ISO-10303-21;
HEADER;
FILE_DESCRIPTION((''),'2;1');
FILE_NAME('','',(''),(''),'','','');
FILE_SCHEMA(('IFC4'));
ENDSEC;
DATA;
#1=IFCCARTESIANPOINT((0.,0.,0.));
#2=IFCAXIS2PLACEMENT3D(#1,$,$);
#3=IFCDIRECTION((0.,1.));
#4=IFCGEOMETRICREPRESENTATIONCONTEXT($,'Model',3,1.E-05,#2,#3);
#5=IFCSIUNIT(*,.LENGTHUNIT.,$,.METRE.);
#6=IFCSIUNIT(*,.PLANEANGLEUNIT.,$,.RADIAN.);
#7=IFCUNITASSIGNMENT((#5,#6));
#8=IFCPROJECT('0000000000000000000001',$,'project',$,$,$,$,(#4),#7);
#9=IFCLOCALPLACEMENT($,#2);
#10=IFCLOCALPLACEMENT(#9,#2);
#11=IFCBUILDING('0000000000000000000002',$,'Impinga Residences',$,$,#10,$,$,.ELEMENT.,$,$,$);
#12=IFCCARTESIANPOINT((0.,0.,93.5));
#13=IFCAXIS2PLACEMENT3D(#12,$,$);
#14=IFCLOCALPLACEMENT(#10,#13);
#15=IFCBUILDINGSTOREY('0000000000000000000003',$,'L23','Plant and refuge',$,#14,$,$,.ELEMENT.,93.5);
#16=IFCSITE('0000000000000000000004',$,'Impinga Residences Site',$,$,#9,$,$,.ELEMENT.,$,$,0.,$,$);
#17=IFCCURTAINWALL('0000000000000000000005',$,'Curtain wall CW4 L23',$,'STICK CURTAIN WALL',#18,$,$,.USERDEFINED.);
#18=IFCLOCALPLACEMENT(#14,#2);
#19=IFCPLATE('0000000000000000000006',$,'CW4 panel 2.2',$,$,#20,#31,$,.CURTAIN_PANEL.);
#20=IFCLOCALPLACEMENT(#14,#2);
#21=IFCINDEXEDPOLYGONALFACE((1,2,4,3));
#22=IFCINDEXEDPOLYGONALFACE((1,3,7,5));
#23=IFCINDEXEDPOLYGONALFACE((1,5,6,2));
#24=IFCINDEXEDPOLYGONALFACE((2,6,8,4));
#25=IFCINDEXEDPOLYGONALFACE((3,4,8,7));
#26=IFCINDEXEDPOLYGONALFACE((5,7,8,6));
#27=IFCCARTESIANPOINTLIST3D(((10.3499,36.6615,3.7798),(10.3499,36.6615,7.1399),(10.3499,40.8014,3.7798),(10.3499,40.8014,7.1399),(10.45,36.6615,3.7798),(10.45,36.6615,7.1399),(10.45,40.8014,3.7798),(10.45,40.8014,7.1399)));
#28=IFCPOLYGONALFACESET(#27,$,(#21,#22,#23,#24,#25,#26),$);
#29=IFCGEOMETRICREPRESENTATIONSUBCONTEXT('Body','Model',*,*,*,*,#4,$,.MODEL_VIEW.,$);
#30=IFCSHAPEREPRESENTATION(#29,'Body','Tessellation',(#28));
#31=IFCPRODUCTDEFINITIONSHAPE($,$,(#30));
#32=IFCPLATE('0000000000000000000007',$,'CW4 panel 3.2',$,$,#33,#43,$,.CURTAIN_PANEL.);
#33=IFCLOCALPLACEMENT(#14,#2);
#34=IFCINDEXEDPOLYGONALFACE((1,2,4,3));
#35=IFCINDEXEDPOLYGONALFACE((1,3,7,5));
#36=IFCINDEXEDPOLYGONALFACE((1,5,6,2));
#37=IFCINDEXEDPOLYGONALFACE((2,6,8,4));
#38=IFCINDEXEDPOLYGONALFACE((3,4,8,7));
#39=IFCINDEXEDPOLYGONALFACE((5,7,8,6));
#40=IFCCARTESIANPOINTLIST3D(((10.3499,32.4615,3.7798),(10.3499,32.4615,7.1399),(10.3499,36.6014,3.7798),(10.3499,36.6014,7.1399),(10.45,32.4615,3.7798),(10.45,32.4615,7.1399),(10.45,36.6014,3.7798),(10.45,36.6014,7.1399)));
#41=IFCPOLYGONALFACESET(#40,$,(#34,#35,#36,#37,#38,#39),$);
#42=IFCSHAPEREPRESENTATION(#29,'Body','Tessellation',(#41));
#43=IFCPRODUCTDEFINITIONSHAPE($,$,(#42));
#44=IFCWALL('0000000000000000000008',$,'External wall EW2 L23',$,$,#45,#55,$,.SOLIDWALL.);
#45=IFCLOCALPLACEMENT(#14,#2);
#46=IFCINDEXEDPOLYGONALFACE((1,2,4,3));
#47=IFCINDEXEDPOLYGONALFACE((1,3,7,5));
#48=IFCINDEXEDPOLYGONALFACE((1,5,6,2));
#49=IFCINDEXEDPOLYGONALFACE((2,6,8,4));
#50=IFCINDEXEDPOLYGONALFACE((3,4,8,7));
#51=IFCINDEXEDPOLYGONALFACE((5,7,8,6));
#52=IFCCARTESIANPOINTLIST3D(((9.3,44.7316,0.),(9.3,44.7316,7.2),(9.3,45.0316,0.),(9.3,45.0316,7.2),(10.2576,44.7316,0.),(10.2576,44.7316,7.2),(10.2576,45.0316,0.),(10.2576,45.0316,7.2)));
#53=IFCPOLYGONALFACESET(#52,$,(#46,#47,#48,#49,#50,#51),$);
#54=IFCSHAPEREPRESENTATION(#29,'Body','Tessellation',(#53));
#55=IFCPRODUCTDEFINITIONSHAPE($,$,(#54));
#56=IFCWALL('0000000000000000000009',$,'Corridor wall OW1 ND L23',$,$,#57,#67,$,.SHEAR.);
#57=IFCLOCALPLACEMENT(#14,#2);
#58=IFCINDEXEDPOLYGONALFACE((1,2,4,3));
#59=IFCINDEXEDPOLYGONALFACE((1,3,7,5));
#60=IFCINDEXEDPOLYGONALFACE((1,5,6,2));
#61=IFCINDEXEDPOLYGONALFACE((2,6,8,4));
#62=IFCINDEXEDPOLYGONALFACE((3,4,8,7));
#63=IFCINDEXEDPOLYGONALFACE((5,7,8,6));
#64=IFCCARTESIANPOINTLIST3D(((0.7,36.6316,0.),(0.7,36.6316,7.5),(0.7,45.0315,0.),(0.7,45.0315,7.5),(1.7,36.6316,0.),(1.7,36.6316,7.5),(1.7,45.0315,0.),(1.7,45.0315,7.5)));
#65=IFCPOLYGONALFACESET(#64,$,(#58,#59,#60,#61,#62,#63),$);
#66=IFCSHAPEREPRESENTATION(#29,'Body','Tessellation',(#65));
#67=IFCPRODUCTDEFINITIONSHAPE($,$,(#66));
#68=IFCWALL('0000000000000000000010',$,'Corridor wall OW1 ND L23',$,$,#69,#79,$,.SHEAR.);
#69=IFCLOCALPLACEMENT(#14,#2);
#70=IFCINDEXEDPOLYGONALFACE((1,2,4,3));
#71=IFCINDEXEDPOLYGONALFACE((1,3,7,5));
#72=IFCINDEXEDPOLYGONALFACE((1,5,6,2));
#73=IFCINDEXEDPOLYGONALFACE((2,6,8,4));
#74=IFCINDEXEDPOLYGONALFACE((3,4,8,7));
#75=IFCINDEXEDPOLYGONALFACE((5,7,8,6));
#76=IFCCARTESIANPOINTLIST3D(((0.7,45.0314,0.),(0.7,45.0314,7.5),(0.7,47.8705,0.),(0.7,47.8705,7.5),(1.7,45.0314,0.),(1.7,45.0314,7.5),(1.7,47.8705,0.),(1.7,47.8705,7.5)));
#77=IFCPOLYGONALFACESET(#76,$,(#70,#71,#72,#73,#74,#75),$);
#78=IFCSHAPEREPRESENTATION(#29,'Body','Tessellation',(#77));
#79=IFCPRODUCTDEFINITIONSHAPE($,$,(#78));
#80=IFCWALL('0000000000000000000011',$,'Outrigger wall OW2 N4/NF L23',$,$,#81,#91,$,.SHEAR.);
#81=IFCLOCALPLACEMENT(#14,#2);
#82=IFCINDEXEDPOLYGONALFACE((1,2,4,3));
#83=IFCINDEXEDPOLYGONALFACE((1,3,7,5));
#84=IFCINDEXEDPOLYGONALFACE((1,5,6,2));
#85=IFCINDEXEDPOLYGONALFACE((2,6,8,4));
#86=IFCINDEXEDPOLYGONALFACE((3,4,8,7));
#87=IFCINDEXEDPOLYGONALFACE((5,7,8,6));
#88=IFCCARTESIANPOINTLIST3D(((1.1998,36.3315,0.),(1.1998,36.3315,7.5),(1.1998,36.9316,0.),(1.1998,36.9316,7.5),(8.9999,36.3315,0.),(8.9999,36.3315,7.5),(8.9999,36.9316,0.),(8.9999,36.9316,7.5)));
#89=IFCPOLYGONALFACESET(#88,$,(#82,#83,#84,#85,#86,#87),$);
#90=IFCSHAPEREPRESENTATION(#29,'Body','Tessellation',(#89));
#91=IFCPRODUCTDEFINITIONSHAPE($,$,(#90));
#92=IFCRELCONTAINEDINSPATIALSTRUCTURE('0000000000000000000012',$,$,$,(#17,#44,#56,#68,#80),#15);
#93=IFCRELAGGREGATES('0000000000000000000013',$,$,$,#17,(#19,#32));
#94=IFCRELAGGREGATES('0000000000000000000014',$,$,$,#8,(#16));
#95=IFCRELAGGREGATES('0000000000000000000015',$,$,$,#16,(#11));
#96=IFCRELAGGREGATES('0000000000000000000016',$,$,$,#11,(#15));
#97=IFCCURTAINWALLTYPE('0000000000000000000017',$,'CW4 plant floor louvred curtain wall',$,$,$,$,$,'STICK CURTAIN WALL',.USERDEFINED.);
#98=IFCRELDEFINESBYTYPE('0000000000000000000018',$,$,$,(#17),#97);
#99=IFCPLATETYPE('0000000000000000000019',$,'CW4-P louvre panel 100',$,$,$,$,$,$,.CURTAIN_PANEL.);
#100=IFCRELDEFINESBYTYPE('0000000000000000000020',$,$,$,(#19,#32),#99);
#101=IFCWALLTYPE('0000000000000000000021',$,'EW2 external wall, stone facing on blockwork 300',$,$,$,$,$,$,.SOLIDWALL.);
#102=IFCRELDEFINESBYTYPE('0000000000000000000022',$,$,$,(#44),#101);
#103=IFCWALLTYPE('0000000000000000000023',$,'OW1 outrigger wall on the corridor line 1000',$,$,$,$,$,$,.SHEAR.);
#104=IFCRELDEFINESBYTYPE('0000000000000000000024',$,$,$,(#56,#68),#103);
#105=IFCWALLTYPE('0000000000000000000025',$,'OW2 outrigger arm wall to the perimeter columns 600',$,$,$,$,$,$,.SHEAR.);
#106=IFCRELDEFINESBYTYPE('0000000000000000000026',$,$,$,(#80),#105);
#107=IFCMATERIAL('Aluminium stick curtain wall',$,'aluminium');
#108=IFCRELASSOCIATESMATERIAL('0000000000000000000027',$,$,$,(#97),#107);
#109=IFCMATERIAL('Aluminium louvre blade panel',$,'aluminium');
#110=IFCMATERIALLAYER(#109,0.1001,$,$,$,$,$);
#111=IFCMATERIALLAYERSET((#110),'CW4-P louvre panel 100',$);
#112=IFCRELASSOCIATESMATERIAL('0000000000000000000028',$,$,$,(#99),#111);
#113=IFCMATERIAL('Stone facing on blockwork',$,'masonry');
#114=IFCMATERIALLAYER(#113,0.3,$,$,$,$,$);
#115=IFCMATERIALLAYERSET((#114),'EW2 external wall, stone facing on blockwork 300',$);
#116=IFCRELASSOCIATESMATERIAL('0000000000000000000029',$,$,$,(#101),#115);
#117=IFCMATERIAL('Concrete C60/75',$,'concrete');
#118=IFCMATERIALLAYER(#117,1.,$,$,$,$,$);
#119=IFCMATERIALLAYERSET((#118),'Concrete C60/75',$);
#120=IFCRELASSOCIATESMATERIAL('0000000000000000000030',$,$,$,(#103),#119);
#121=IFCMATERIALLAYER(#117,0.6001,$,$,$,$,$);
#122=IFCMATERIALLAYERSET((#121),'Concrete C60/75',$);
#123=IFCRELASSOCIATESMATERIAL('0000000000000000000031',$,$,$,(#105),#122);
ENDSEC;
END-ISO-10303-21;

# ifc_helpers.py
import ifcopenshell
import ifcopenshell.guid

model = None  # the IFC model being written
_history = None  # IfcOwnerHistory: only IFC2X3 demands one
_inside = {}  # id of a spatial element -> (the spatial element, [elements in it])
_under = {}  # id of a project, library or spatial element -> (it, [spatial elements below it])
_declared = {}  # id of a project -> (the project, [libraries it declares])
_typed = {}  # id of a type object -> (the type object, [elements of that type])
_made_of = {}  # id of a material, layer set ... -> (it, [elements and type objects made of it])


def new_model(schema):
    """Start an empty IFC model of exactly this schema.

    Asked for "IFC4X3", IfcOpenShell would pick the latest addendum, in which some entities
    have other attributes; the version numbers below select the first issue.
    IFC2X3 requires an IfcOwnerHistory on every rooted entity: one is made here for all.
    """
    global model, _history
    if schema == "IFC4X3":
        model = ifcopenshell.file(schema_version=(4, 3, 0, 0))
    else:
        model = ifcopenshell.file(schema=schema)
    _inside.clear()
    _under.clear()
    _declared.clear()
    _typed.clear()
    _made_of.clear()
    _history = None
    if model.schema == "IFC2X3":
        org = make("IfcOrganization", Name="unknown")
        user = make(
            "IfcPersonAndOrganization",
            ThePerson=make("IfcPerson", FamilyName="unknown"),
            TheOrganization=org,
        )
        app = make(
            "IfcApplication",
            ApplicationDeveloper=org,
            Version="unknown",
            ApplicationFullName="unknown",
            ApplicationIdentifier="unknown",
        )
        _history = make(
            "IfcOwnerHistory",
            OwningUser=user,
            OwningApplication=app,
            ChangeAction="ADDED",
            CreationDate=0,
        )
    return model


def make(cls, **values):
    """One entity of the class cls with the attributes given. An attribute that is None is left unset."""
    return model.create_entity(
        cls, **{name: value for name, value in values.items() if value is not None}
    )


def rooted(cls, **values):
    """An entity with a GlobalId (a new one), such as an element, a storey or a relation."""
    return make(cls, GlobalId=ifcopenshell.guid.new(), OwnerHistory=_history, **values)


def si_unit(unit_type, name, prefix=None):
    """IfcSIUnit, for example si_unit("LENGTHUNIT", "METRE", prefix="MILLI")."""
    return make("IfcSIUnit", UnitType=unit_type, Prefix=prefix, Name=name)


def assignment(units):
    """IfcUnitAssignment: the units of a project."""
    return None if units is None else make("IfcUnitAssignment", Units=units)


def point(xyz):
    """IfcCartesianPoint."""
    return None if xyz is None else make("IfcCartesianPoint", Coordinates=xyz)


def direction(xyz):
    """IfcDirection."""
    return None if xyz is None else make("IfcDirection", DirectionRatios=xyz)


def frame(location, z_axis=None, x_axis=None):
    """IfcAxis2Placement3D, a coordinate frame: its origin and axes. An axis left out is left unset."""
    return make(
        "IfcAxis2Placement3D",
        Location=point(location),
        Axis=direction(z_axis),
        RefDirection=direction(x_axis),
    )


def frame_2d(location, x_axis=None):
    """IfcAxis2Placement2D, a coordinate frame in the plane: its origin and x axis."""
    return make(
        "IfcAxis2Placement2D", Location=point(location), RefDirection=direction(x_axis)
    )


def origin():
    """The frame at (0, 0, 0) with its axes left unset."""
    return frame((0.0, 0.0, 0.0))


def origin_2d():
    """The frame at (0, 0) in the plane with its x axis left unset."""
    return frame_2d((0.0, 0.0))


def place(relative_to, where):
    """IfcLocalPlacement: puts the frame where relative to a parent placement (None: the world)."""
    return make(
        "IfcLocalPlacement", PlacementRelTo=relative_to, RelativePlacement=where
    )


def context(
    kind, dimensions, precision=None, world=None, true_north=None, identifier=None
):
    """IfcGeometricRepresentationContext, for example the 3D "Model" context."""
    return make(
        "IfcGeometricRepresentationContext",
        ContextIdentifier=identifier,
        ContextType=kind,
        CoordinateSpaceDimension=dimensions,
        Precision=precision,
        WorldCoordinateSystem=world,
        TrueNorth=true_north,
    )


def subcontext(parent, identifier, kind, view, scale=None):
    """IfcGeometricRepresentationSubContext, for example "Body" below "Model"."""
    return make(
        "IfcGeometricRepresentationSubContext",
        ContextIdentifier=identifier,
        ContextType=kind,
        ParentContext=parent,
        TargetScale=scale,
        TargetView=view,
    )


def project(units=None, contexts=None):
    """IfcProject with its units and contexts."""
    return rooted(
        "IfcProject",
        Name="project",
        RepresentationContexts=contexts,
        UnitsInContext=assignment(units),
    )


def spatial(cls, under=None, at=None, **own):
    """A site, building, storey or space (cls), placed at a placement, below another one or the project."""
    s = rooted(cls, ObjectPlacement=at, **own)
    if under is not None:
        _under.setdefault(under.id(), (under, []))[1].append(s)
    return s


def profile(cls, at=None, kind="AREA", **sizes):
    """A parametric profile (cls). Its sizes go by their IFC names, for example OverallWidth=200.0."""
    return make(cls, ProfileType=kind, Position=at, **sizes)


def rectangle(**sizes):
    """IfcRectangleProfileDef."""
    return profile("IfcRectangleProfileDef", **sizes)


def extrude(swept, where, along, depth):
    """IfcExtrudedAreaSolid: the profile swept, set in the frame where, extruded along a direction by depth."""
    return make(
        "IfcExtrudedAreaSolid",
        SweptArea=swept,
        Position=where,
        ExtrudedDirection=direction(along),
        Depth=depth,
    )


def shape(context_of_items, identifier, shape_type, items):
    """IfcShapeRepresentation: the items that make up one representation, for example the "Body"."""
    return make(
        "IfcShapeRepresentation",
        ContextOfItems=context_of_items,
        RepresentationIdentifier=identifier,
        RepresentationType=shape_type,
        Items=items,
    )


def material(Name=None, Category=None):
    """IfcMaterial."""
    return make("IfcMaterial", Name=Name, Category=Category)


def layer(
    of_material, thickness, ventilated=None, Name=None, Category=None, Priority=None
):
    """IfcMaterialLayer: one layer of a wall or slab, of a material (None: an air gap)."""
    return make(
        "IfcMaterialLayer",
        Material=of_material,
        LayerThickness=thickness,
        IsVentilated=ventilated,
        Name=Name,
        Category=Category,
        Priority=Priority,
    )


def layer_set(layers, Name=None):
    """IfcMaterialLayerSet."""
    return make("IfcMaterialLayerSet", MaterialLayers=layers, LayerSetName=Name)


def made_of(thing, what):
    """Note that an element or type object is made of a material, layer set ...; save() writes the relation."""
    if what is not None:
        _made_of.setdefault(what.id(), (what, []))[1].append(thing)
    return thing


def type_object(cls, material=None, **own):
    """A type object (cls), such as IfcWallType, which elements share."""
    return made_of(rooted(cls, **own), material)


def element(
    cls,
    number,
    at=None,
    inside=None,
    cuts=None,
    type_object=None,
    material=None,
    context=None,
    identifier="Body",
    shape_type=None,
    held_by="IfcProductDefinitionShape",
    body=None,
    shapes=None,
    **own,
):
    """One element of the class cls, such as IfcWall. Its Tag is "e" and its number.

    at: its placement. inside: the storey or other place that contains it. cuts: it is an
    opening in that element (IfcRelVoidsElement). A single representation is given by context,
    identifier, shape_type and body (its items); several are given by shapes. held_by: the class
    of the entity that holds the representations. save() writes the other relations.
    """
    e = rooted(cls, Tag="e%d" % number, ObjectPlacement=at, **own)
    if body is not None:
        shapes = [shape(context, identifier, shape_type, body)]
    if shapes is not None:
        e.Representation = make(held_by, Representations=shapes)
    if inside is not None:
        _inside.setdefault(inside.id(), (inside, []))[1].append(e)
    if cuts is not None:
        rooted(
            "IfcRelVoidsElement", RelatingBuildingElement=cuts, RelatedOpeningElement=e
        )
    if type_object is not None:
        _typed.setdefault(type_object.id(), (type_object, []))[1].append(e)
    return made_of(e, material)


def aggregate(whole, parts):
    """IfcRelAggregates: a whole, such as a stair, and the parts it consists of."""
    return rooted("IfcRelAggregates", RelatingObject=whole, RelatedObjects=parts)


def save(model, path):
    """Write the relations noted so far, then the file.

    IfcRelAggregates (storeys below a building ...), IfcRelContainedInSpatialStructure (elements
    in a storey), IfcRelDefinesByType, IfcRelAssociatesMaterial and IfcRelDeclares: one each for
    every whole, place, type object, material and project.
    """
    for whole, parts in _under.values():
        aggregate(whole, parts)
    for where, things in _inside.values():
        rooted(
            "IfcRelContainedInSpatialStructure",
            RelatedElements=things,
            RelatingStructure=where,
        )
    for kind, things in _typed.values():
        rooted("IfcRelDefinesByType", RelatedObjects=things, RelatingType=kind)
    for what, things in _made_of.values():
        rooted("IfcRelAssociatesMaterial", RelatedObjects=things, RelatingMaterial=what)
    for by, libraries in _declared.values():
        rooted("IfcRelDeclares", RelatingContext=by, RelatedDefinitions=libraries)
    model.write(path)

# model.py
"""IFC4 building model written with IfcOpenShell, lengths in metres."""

from ifc_helpers import new_model, si_unit, direction, frame, frame_2d, origin, origin_2d, place, context, subcontext, project, spatial, rectangle, extrude, material, layer, layer_set, type_object, element, aggregate, save


model = new_model("IFC4")

# Units and contexts
model_context = context("Model", 3, precision=1e-05, world=origin(), true_north=direction((0.0, 1.0)))
body_context = subcontext(model_context, "Body", "Model", "MODEL_VIEW")
ifc_project = project(units=[si_unit("LENGTHUNIT", "METRE"), si_unit("PLANEANGLEUNIT", "RADIAN")], contexts=[model_context])

# Site, building, storey
site_placement = place(None, origin())
site = spatial("IfcSite", under=ifc_project, at=site_placement, Name="Impinga Residences Site", CompositionType="ELEMENT", RefElevation=0.0)
building_placement = place(site_placement, origin())
building = spatial("IfcBuilding", under=site, at=building_placement, Name="Impinga Residences", CompositionType="ELEMENT")
storey_placement = place(building_placement, frame((0.0, 0.0, 93.5)))
storey = spatial("IfcBuildingStorey", under=building, at=storey_placement, Name="L23", Description="Plant and refuge", CompositionType="ELEMENT", Elevation=93.5)

# Curtain wall, plates
ifc_material_1 = material(Name="Aluminium stick curtain wall", Category="aluminium")
curtain_wall_type = type_object("IfcCurtainWallType", Name="CW4 plant floor louvred curtain wall", ElementType="STICK CURTAIN WALL", PredefinedType="USERDEFINED", material=ifc_material_1)
curtain_wall_placement = place(storey_placement, origin())
curtain_wall = element("IfcCurtainWall", 1, at=curtain_wall_placement, inside=storey, type_object=curtain_wall_type, Name="Curtain wall CW4 L23", ObjectType="STICK CURTAIN WALL", PredefinedType="USERDEFINED")
ifc_material_2 = material(Name="Aluminium louvre blade panel", Category="aluminium")
ifc_layer_1 = layer(ifc_material_2, 0.1001)
ifc_layer_set_1 = layer_set([ifc_layer_1], Name="CW4-P louvre panel 100")
plate_type = type_object("IfcPlateType", Name="CW4-P louvre panel 100", PredefinedType="CURTAIN_PANEL", material=ifc_layer_set_1)
plate_1_placement = place(storey_placement, frame((10.3999, 38.7314, 3.7798), z_axis=(0.0, 0.0, 1.0), x_axis=(0.0, -1.0, 0.0)))
plate_1 = element("IfcPlate", 2, at=plate_1_placement, type_object=plate_type, Name="CW4 panel 2.2", PredefinedType="CURTAIN_PANEL", context=body_context, shape_type="SweptSolid", body=[
    extrude(rectangle(XDim=4.1399, YDim=0.1001, at=origin_2d()), origin(), (0.0, 0.0, 1.0), 3.3601),
])
plate_2_placement = place(storey_placement, frame((10.3999, 34.5315, 3.7798), z_axis=(0.0, 0.0, 1.0), x_axis=(0.0, -1.0, 0.0)))
plate_2 = element("IfcPlate", 3, at=plate_2_placement, type_object=plate_type, Name="CW4 panel 3.2", PredefinedType="CURTAIN_PANEL", context=body_context, shape_type="SweptSolid", body=[
    extrude(rectangle(XDim=4.1399, YDim=0.1001, at=origin_2d()), origin(), (0.0, 0.0, 1.0), 3.3601),
])
aggregate(curtain_wall, [plate_1, plate_2])

# Walls
ifc_material_3 = material(Name="Stone facing on blockwork", Category="masonry")
ifc_layer_2 = layer(ifc_material_3, 0.3)
ifc_layer_set_2 = layer_set([ifc_layer_2], Name="EW2 external wall, stone facing on blockwork 300")
wall_type_1 = type_object("IfcWallType", Name="EW2 external wall, stone facing on blockwork 300", PredefinedType="SOLIDWALL", material=ifc_layer_set_2)
wall_1_placement = place(storey_placement, frame((9.3, 44.8816, 0.0), z_axis=(0.0, 0.0, 1.0), x_axis=(1.0, 0.0, 0.0)))
element("IfcWall", 4, at=wall_1_placement, inside=storey, type_object=wall_type_1, Name="External wall EW2 L23", PredefinedType="SOLIDWALL", context=body_context, shape_type="SweptSolid", body=[
    extrude(rectangle(XDim=0.9575, YDim=0.3, at=frame_2d((0.4788, 0.0))), origin(), (0.0, 0.0, 1.0), 7.2),
])
ifc_material_4 = material(Name="Concrete C60/75", Category="concrete")
ifc_layer_3 = layer(ifc_material_4, 1.0)
ifc_layer_set_3 = layer_set([ifc_layer_3], Name="Concrete C60/75")
wall_type_2 = type_object("IfcWallType", Name="OW1 outrigger wall on the corridor line 1000", PredefinedType="SHEAR", material=ifc_layer_set_3)
wall_2_placement = place(storey_placement, frame((1.2, 36.6316, 0.0), z_axis=(0.0, 0.0, 1.0), x_axis=(0.0, 1.0, 0.0)))
element("IfcWall", 5, at=wall_2_placement, inside=storey, type_object=wall_type_2, Name="Corridor wall OW1 ND L23", PredefinedType="SHEAR", context=body_context, shape_type="SweptSolid", body=[
    extrude(rectangle(XDim=8.3999, YDim=1.0, at=frame_2d((4.2, 0.0))), origin(), (0.0, 0.0, 1.0), 7.5),
])
wall_3_placement = place(storey_placement, frame((1.2, 45.0315, 0.0), z_axis=(0.0, 0.0, 1.0), x_axis=(0.0, 1.0, 0.0)))
element("IfcWall", 6, at=wall_3_placement, inside=storey, type_object=wall_type_2, Name="Corridor wall OW1 ND L23", PredefinedType="SHEAR", context=body_context, shape_type="SweptSolid", body=[
    extrude(rectangle(XDim=2.8391, YDim=1.0, at=frame_2d((1.4194, 0.0))), origin(), (0.0, 0.0, 1.0), 7.5),
])
ifc_layer_4 = layer(ifc_material_4, 0.6001)
ifc_layer_set_4 = layer_set([ifc_layer_4], Name="Concrete C60/75")
wall_type_3 = type_object("IfcWallType", Name="OW2 outrigger arm wall to the perimeter columns 600", PredefinedType="SHEAR", material=ifc_layer_set_4)
wall_4_placement = place(storey_placement, frame((1.2, 36.6316, 0.0), z_axis=(0.0, 0.0, 1.0), x_axis=(1.0, 0.0, 0.0)))
element("IfcWall", 7, at=wall_4_placement, inside=storey, type_object=wall_type_3, Name="Outrigger wall OW2 N4/NF L23", PredefinedType="SHEAR", context=body_context, shape_type="SweptSolid", body=[
    extrude(rectangle(XDim=7.8, YDim=0.6001, at=frame_2d((3.8999, 0.0))), origin(), (0.0, 0.0, 1.0), 7.5),
])

save(model, "model.ifc")
